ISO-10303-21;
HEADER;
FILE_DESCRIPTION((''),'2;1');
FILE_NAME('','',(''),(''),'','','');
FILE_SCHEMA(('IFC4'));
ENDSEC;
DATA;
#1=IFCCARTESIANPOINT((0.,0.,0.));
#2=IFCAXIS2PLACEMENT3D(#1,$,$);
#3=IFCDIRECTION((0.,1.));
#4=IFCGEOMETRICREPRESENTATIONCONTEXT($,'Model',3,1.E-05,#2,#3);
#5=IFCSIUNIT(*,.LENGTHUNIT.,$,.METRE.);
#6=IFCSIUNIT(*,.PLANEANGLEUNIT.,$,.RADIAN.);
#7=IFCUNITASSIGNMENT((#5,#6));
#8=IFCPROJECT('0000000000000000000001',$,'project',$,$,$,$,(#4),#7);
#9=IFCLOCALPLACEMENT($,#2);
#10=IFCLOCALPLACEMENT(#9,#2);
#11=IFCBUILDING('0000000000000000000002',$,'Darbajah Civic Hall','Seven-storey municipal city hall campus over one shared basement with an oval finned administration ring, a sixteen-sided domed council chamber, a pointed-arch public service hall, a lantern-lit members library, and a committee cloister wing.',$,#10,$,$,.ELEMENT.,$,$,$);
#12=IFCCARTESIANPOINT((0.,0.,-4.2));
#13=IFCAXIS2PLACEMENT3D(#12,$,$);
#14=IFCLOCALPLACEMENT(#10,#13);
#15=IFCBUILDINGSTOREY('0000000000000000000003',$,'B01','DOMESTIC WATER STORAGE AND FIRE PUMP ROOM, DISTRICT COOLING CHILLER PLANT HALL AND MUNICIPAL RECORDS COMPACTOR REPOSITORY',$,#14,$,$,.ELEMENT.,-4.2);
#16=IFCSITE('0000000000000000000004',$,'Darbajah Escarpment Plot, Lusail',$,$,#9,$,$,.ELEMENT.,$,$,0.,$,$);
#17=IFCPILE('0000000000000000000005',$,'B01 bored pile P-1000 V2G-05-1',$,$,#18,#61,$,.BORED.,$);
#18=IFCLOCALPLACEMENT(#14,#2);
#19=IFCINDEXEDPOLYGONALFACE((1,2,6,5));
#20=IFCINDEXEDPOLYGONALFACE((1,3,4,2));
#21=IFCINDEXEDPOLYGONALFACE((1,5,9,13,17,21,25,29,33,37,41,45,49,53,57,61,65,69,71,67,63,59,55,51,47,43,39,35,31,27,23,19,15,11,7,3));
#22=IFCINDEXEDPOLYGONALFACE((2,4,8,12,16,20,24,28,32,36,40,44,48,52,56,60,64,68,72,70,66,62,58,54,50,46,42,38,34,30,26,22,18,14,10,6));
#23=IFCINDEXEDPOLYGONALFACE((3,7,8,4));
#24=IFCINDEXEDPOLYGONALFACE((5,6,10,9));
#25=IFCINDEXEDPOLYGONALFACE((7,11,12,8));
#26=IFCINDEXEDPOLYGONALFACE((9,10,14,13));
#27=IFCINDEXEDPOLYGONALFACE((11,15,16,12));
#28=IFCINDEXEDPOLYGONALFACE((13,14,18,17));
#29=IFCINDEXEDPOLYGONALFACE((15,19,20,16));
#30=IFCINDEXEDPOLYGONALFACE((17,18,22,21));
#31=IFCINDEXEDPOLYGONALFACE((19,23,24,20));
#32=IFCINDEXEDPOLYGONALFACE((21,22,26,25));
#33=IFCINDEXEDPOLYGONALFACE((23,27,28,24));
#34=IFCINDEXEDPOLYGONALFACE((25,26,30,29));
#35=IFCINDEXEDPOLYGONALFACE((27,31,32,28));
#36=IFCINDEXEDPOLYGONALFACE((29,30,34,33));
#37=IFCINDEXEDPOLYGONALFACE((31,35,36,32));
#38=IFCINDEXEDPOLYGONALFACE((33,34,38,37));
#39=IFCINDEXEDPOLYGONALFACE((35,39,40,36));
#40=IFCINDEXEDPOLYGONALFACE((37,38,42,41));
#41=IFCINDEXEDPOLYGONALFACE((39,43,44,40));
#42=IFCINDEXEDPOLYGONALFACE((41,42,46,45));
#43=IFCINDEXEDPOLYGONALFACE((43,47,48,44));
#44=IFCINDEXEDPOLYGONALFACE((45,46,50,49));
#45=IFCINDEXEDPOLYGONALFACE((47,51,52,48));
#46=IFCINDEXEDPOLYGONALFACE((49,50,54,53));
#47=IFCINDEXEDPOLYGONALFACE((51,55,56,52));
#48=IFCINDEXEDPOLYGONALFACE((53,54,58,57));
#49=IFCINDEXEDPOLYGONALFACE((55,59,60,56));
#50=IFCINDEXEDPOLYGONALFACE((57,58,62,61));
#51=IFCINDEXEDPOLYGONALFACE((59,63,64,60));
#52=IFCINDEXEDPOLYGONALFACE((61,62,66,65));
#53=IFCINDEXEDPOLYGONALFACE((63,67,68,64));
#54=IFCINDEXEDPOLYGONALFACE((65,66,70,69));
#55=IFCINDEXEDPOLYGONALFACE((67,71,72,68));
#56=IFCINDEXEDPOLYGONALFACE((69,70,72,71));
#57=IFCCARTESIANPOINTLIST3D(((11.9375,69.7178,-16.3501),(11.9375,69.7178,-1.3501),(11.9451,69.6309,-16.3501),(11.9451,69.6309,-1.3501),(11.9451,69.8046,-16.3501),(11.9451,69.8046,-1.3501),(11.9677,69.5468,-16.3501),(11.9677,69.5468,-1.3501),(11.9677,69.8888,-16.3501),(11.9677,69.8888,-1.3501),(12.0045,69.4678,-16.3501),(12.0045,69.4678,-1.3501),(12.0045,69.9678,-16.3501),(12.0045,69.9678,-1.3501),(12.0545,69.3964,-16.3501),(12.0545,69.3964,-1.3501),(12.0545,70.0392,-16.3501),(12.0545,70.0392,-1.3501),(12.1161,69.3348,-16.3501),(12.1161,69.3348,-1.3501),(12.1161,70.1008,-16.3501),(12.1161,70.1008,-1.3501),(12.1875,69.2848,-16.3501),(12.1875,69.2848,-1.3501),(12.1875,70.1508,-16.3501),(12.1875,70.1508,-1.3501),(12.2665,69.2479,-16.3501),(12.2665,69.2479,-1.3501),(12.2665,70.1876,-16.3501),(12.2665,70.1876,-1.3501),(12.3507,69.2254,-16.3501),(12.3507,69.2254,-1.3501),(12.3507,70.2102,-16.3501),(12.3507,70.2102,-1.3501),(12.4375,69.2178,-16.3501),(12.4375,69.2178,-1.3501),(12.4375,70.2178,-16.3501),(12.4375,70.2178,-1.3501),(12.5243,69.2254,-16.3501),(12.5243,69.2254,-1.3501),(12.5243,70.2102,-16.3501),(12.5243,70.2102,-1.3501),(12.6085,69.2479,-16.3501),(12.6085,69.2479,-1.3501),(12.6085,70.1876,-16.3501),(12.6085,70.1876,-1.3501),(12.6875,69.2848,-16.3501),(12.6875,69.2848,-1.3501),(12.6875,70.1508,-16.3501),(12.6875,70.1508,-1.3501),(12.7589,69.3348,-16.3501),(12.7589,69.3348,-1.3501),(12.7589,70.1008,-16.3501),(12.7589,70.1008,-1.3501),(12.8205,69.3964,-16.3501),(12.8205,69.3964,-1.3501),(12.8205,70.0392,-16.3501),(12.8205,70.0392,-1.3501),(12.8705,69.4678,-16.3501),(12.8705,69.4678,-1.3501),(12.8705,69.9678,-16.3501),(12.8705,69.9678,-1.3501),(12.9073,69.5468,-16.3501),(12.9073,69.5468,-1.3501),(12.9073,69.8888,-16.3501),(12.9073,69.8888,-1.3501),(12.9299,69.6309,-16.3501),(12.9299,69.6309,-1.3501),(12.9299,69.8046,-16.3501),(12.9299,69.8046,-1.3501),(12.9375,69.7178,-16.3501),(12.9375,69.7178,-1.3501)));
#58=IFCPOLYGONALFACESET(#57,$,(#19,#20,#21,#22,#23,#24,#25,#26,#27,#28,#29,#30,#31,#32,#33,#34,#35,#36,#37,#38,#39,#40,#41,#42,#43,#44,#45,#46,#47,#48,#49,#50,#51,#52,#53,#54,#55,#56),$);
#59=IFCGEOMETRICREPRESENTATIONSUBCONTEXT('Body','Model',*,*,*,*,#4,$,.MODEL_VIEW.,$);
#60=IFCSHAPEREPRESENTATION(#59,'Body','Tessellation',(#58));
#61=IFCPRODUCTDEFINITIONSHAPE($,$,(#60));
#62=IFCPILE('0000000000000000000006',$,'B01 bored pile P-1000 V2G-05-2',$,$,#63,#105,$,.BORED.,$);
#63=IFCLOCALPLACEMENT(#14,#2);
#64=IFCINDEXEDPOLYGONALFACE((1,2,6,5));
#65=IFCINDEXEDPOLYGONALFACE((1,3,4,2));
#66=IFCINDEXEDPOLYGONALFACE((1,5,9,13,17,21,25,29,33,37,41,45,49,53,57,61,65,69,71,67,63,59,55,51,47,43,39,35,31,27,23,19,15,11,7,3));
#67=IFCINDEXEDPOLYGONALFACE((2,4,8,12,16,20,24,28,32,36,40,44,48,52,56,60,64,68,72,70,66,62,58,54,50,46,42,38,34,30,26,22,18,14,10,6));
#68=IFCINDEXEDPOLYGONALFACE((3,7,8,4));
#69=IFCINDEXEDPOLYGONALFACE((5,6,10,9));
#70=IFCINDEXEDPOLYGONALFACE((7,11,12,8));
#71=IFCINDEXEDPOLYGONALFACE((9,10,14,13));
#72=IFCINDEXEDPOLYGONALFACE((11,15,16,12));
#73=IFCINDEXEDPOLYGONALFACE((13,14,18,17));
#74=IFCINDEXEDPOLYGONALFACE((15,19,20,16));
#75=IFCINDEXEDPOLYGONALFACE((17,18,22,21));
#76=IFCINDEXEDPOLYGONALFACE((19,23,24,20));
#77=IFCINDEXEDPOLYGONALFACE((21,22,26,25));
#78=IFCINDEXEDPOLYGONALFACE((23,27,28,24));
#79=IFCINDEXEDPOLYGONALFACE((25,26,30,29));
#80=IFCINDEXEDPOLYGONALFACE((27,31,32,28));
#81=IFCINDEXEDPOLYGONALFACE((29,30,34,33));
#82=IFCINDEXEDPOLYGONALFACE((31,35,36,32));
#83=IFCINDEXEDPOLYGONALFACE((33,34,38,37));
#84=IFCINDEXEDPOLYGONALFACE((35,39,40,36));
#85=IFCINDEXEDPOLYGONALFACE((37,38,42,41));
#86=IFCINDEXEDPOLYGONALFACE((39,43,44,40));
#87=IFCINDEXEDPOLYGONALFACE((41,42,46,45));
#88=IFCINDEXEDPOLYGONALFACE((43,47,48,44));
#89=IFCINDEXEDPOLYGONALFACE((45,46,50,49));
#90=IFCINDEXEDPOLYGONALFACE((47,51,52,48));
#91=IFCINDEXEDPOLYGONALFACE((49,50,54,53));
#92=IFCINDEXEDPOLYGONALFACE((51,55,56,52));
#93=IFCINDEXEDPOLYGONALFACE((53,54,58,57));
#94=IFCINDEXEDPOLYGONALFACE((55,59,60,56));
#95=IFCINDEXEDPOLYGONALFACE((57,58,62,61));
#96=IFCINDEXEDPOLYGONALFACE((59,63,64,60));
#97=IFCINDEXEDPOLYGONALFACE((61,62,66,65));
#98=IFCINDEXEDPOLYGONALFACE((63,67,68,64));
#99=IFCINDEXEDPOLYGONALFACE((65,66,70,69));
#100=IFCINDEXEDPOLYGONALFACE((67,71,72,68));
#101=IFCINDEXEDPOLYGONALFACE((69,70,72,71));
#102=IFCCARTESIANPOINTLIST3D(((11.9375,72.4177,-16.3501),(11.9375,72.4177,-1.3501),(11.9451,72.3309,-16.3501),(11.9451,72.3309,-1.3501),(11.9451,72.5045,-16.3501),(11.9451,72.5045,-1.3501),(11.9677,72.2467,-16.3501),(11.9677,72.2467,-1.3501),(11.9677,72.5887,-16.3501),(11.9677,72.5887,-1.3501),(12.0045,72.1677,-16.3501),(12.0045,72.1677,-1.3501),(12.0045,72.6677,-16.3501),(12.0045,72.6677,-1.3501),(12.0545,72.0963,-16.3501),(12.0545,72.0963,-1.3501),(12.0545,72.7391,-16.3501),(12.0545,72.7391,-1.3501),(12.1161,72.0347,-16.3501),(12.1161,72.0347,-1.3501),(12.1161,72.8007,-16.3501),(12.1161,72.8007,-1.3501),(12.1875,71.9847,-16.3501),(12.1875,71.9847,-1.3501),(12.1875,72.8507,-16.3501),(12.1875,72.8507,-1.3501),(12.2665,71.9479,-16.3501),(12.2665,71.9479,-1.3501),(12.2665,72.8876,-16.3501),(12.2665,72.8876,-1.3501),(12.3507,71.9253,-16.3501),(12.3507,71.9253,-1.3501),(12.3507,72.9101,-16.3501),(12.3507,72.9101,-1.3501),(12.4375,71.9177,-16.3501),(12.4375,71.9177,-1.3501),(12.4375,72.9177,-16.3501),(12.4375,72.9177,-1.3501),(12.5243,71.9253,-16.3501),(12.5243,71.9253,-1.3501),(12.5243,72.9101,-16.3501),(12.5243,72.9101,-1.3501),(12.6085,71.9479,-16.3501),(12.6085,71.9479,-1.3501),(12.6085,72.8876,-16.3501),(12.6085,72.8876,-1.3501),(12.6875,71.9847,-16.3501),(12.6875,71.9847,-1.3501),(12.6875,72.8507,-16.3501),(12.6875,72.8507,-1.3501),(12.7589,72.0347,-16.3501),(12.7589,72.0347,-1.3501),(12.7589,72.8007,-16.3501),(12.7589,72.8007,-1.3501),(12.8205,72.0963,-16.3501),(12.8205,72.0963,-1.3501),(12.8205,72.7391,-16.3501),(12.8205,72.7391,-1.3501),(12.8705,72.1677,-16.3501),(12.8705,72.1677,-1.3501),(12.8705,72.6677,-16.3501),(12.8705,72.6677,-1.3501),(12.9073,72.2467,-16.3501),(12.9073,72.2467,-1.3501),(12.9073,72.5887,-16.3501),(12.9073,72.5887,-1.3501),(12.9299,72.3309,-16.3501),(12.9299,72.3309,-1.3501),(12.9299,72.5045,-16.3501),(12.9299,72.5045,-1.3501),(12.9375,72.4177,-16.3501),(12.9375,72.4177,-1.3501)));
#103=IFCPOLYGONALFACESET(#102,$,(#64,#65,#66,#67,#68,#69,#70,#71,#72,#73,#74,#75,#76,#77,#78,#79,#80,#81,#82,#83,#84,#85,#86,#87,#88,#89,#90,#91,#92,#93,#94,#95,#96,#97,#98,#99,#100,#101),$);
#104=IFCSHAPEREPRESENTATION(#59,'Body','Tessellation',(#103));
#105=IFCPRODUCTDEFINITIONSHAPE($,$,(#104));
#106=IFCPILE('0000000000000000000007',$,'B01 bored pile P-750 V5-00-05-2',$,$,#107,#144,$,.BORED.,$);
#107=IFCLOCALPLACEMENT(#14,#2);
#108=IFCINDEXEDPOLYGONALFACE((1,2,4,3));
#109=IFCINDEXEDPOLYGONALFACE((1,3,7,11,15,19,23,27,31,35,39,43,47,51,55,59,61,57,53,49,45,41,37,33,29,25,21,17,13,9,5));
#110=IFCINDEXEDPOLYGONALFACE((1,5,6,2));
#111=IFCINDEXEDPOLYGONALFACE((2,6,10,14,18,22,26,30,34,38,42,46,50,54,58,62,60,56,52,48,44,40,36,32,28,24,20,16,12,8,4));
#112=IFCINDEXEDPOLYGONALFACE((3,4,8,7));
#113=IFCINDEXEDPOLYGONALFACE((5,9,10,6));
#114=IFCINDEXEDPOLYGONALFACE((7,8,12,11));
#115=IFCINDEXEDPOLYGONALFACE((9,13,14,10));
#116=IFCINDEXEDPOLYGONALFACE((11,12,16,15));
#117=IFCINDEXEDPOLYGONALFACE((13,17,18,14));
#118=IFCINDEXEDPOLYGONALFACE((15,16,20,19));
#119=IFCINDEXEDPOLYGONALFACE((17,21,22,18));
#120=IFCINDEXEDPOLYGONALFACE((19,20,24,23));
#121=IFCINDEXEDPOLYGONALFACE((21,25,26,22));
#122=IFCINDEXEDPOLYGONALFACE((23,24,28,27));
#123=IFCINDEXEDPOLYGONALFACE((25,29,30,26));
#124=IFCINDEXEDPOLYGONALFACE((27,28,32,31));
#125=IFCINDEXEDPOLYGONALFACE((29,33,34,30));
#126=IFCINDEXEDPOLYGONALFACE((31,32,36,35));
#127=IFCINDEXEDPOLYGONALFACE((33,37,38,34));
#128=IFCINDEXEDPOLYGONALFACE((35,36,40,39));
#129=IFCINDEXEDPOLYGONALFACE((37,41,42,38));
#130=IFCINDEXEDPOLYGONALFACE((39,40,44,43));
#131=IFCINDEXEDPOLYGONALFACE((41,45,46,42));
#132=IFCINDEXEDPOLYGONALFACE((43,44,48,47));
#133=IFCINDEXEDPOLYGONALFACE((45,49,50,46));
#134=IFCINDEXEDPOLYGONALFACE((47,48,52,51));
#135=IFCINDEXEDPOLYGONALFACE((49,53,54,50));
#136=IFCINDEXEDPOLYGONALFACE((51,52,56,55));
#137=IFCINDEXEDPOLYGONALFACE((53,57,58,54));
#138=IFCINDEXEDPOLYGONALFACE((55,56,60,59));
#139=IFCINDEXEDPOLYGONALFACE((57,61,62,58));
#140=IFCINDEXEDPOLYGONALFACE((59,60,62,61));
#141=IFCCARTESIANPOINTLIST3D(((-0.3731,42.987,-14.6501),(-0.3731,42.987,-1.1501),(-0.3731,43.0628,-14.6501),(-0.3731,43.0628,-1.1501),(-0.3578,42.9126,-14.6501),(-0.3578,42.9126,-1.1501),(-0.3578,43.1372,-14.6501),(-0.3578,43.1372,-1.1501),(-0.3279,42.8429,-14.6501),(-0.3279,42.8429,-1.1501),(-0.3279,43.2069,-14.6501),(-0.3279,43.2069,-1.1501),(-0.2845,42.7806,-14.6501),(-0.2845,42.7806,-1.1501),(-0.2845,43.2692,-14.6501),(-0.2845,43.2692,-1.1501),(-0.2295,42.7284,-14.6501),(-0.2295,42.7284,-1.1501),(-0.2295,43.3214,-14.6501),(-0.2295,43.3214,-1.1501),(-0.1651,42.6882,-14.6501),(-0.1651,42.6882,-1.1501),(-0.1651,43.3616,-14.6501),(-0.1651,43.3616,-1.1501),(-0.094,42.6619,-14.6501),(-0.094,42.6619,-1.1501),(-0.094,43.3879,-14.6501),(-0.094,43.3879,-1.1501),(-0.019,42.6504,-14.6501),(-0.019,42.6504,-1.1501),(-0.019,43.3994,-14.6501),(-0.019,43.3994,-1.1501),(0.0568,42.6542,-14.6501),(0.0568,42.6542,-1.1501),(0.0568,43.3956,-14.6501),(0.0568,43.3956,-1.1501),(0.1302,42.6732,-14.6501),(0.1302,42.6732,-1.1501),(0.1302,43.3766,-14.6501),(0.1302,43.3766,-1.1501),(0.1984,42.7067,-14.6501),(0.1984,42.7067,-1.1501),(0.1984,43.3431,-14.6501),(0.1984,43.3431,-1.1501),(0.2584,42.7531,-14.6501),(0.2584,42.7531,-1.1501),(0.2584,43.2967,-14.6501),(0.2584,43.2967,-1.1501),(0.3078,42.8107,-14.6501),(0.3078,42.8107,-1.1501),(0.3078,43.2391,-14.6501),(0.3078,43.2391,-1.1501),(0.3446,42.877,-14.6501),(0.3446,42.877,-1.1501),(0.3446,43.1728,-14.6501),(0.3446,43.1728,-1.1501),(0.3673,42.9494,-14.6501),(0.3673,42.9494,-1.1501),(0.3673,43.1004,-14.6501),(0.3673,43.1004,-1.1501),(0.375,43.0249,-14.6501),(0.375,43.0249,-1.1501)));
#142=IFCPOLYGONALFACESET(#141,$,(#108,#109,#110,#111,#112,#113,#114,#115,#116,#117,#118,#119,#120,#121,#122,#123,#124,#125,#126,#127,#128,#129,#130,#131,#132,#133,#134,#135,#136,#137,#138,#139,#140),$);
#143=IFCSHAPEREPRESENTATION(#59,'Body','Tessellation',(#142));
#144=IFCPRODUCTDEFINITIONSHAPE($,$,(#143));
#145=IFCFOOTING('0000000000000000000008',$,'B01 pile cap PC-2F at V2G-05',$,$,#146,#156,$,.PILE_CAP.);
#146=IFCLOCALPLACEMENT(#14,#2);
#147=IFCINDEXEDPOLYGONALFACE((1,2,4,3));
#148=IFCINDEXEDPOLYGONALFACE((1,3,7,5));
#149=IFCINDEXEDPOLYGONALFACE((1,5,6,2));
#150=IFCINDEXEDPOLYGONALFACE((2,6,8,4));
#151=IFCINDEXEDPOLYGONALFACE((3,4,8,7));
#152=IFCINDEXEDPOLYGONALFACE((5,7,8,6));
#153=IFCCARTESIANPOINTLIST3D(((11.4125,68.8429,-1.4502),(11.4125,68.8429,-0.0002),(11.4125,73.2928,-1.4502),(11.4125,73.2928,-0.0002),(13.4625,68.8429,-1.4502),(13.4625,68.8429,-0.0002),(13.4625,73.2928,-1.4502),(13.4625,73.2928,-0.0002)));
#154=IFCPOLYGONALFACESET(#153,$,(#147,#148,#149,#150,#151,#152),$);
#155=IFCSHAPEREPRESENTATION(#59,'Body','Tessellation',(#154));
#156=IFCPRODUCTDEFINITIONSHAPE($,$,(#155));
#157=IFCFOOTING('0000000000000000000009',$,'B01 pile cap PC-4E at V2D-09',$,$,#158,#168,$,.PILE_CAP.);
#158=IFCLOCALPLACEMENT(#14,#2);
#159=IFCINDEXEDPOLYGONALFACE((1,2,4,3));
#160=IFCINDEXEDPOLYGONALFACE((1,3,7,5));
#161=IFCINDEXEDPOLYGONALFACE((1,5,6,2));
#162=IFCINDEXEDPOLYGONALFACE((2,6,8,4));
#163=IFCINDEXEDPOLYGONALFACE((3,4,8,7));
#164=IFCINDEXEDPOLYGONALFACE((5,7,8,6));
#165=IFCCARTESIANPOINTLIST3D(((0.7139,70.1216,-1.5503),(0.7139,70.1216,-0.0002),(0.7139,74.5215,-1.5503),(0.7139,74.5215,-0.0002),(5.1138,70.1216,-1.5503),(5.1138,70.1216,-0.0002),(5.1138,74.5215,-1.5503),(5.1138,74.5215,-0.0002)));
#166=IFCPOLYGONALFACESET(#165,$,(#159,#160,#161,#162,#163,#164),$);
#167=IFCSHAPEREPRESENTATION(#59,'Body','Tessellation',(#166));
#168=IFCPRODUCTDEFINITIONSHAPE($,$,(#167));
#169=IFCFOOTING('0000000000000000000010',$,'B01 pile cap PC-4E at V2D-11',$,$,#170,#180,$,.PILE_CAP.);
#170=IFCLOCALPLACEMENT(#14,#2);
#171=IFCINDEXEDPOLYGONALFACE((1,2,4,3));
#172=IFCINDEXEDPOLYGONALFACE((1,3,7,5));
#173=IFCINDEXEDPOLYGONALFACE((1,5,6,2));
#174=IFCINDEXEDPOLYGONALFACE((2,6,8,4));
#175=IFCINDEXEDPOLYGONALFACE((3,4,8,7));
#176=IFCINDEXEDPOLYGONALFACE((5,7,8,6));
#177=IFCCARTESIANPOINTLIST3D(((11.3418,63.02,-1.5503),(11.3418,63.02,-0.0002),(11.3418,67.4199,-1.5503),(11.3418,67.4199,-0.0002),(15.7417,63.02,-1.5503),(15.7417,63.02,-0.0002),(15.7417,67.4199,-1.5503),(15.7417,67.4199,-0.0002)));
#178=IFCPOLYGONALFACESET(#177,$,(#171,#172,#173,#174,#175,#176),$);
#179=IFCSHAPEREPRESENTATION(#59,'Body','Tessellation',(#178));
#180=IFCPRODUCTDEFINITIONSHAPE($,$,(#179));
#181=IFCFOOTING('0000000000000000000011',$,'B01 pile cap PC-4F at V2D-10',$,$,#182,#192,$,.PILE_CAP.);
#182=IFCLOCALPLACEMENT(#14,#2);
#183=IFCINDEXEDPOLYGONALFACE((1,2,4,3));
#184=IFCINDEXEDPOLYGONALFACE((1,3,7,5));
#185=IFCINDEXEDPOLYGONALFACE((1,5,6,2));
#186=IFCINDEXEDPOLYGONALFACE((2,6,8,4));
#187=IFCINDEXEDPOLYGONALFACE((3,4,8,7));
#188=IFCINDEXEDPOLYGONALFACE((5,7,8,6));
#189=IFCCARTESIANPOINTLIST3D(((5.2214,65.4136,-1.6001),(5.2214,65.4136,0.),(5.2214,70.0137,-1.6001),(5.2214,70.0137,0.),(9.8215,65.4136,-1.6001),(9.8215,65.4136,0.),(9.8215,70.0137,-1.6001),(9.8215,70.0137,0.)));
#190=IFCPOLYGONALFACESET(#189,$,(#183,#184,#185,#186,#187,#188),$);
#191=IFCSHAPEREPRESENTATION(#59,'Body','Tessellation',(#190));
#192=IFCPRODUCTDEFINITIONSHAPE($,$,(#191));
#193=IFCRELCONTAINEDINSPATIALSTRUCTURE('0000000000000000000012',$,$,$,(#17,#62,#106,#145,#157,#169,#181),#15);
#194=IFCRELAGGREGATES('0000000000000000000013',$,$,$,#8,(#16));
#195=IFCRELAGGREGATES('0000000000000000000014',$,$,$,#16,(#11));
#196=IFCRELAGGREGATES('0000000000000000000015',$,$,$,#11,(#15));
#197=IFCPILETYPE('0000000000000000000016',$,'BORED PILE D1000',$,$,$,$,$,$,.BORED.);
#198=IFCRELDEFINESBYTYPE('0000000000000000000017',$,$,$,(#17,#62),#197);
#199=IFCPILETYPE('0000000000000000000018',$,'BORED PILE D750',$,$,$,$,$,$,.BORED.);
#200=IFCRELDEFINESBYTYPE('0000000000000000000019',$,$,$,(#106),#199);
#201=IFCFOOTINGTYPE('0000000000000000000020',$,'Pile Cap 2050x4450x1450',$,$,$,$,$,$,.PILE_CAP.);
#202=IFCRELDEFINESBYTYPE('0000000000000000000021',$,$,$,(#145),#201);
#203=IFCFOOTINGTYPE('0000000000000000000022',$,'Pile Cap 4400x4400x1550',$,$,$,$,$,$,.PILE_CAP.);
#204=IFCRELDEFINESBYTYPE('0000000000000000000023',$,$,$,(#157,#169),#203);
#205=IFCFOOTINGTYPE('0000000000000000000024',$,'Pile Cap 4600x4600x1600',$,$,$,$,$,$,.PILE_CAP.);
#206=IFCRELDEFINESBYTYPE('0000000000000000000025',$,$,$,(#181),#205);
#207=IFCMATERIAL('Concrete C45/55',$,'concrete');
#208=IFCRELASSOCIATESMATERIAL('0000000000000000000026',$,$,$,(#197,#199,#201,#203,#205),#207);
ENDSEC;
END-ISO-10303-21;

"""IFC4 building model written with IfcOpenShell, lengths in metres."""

from ifc_helpers import new_model, si_unit, direction, frame, origin, origin_2d, place, context, subcontext, project, spatial, rectangle, circle, extrude, material, material_profile, profile_set, type_object, element, save


model = new_model("IFC4")

# Units and contexts
model_context = context("Model", 3, precision=1e-05, world=origin(), true_north=direction((0.0, 1.0)))
body_context = subcontext(model_context, "Body", "Model", "MODEL_VIEW")
ifc_project = project(units=[si_unit("LENGTHUNIT", "METRE"), si_unit("PLANEANGLEUNIT", "RADIAN")], contexts=[model_context])

# Site, building, storey
site_placement = place(None, origin())
site = spatial("IfcSite", under=ifc_project, at=site_placement, Name="Darbajah Escarpment Plot, Lusail", CompositionType="ELEMENT", RefElevation=0.0)
building_placement = place(site_placement, origin())
building = spatial("IfcBuilding", under=site, at=building_placement, Name="Darbajah Civic Hall", Description="Seven-storey municipal city hall campus over one shared basement with an oval finned administration ring, a sixteen-sided domed council chamber, a pointed-arch public service hall, a lantern-lit members library, and a committee cloister wing.", CompositionType="ELEMENT")
storey_placement = place(building_placement, frame((0.0, 0.0, -4.2)))
storey = spatial("IfcBuildingStorey", under=building, at=storey_placement, Name="B01", Description="DOMESTIC WATER STORAGE AND FIRE PUMP ROOM, DISTRICT COOLING CHILLER PLANT HALL AND MUNICIPAL RECORDS COMPACTOR REPOSITORY", CompositionType="ELEMENT", Elevation=-4.2)

# Piles
ifc_material_1 = material(Name="Concrete C45/55", Category="concrete")
ifc_material_profile_1 = material_profile(ifc_material_1, circle(Radius=0.5, at=origin_2d()), Name="BORED PILE D1000")
ifc_profile_set_1 = profile_set([ifc_material_profile_1], Name="Concrete C45/55")
pile_type_1 = type_object("IfcPileType", Name="BORED PILE D1000", PredefinedType="BORED", material=ifc_profile_set_1)
for number, where, z_axis, x_axis, name in (
    (1, (12.4375, 69.7178, -1.3501), (0.0, 0.0, -1.0), (1.0, 0.0, 0.0), "B01 bored pile P-1000 V2G-05-1"),
    (2, (12.4375, 72.4177, -1.3501), (0.0, 0.0, -1.0), (1.0, 0.0, 0.0), "B01 bored pile P-1000 V2G-05-2"),
):
    element("IfcPile", number, at=place(storey_placement, frame(where, z_axis=z_axis, x_axis=x_axis)), inside=storey, type_object=pile_type_1, Name=name, PredefinedType="BORED", context=body_context, shape_type="SweptSolid", body=[
        extrude(circle(Radius=0.5, at=origin_2d()), origin(), (0.0, 0.0, 1.0), 15.0),
    ])
ifc_material_profile_2 = material_profile(ifc_material_1, circle(Radius=0.375, at=origin_2d()), Name="BORED PILE D750")
ifc_profile_set_2 = profile_set([ifc_material_profile_2], Name="Concrete C45/55")
pile_type_2 = type_object("IfcPileType", Name="BORED PILE D750", PredefinedType="BORED", material=ifc_profile_set_2)
pile_placement = place(storey_placement, frame((0.0, 43.0249, -1.1501), z_axis=(0.0, 0.0, -1.0), x_axis=(1.0, 0.0, 0.0)))
element("IfcPile", 3, at=pile_placement, inside=storey, type_object=pile_type_2, Name="B01 bored pile P-750 V5-00-05-2", PredefinedType="BORED", context=body_context, shape_type="SweptSolid", body=[
    extrude(circle(Radius=0.375, at=origin_2d()), origin(), (0.0, 0.0, 1.0), 13.5),
])

# Footings
footing_type_1 = type_object("IfcFootingType", Name="Pile Cap 2050x4450x1450", PredefinedType="PILE_CAP", material=ifc_material_1)
footing_1_placement = place(storey_placement, frame((12.4375, 71.0679, -1.4502), z_axis=(0.0, 0.0, 1.0), x_axis=(1.0, 0.0, 0.0)))
element("IfcFooting", 4, at=footing_1_placement, inside=storey, type_object=footing_type_1, Name="B01 pile cap PC-2F at V2G-05", PredefinedType="PILE_CAP", context=body_context, shape_type="SweptSolid", body=[
    extrude(rectangle(XDim=2.05, YDim=4.45, at=origin_2d()), origin(), (0.0, 0.0, 1.0), 1.45),
])
footing_type_2 = type_object("IfcFootingType", Name="Pile Cap 4400x4400x1550", PredefinedType="PILE_CAP", material=ifc_material_1)
for number, where, z_axis, x_axis, name in (
    (5, (2.9138, 72.3215, -1.5503), (0.0, 0.0, 1.0), (1.0, 0.0, 0.0), "B01 pile cap PC-4E at V2D-09"),
    (6, (13.5417, 65.22, -1.5503), (0.0, 0.0, 1.0), (1.0, 0.0, 0.0), "B01 pile cap PC-4E at V2D-11"),
):
    element("IfcFooting", number, at=place(storey_placement, frame(where, z_axis=z_axis, x_axis=x_axis)), inside=storey, type_object=footing_type_2, Name=name, PredefinedType="PILE_CAP", context=body_context, shape_type="SweptSolid", body=[
        extrude(rectangle(XDim=4.3999, YDim=4.3999, at=origin_2d()), origin(), (0.0, 0.0, 1.0), 1.55),
    ])
footing_type_3 = type_object("IfcFootingType", Name="Pile Cap 4600x4600x1600", PredefinedType="PILE_CAP", material=ifc_material_1)
footing_2_placement = place(storey_placement, frame((7.5215, 67.7136, -1.6001), z_axis=(0.0, 0.0, 1.0), x_axis=(1.0, 0.0, 0.0)))
element("IfcFooting", 7, at=footing_2_placement, inside=storey, type_object=footing_type_3, Name="B01 pile cap PC-4F at V2D-10", PredefinedType="PILE_CAP", context=body_context, shape_type="SweptSolid", body=[
    extrude(rectangle(XDim=4.6001, YDim=4.6001, at=origin_2d()), origin(), (0.0, 0.0, 1.0), 1.6001),
])

save(model, "model.ifc")
